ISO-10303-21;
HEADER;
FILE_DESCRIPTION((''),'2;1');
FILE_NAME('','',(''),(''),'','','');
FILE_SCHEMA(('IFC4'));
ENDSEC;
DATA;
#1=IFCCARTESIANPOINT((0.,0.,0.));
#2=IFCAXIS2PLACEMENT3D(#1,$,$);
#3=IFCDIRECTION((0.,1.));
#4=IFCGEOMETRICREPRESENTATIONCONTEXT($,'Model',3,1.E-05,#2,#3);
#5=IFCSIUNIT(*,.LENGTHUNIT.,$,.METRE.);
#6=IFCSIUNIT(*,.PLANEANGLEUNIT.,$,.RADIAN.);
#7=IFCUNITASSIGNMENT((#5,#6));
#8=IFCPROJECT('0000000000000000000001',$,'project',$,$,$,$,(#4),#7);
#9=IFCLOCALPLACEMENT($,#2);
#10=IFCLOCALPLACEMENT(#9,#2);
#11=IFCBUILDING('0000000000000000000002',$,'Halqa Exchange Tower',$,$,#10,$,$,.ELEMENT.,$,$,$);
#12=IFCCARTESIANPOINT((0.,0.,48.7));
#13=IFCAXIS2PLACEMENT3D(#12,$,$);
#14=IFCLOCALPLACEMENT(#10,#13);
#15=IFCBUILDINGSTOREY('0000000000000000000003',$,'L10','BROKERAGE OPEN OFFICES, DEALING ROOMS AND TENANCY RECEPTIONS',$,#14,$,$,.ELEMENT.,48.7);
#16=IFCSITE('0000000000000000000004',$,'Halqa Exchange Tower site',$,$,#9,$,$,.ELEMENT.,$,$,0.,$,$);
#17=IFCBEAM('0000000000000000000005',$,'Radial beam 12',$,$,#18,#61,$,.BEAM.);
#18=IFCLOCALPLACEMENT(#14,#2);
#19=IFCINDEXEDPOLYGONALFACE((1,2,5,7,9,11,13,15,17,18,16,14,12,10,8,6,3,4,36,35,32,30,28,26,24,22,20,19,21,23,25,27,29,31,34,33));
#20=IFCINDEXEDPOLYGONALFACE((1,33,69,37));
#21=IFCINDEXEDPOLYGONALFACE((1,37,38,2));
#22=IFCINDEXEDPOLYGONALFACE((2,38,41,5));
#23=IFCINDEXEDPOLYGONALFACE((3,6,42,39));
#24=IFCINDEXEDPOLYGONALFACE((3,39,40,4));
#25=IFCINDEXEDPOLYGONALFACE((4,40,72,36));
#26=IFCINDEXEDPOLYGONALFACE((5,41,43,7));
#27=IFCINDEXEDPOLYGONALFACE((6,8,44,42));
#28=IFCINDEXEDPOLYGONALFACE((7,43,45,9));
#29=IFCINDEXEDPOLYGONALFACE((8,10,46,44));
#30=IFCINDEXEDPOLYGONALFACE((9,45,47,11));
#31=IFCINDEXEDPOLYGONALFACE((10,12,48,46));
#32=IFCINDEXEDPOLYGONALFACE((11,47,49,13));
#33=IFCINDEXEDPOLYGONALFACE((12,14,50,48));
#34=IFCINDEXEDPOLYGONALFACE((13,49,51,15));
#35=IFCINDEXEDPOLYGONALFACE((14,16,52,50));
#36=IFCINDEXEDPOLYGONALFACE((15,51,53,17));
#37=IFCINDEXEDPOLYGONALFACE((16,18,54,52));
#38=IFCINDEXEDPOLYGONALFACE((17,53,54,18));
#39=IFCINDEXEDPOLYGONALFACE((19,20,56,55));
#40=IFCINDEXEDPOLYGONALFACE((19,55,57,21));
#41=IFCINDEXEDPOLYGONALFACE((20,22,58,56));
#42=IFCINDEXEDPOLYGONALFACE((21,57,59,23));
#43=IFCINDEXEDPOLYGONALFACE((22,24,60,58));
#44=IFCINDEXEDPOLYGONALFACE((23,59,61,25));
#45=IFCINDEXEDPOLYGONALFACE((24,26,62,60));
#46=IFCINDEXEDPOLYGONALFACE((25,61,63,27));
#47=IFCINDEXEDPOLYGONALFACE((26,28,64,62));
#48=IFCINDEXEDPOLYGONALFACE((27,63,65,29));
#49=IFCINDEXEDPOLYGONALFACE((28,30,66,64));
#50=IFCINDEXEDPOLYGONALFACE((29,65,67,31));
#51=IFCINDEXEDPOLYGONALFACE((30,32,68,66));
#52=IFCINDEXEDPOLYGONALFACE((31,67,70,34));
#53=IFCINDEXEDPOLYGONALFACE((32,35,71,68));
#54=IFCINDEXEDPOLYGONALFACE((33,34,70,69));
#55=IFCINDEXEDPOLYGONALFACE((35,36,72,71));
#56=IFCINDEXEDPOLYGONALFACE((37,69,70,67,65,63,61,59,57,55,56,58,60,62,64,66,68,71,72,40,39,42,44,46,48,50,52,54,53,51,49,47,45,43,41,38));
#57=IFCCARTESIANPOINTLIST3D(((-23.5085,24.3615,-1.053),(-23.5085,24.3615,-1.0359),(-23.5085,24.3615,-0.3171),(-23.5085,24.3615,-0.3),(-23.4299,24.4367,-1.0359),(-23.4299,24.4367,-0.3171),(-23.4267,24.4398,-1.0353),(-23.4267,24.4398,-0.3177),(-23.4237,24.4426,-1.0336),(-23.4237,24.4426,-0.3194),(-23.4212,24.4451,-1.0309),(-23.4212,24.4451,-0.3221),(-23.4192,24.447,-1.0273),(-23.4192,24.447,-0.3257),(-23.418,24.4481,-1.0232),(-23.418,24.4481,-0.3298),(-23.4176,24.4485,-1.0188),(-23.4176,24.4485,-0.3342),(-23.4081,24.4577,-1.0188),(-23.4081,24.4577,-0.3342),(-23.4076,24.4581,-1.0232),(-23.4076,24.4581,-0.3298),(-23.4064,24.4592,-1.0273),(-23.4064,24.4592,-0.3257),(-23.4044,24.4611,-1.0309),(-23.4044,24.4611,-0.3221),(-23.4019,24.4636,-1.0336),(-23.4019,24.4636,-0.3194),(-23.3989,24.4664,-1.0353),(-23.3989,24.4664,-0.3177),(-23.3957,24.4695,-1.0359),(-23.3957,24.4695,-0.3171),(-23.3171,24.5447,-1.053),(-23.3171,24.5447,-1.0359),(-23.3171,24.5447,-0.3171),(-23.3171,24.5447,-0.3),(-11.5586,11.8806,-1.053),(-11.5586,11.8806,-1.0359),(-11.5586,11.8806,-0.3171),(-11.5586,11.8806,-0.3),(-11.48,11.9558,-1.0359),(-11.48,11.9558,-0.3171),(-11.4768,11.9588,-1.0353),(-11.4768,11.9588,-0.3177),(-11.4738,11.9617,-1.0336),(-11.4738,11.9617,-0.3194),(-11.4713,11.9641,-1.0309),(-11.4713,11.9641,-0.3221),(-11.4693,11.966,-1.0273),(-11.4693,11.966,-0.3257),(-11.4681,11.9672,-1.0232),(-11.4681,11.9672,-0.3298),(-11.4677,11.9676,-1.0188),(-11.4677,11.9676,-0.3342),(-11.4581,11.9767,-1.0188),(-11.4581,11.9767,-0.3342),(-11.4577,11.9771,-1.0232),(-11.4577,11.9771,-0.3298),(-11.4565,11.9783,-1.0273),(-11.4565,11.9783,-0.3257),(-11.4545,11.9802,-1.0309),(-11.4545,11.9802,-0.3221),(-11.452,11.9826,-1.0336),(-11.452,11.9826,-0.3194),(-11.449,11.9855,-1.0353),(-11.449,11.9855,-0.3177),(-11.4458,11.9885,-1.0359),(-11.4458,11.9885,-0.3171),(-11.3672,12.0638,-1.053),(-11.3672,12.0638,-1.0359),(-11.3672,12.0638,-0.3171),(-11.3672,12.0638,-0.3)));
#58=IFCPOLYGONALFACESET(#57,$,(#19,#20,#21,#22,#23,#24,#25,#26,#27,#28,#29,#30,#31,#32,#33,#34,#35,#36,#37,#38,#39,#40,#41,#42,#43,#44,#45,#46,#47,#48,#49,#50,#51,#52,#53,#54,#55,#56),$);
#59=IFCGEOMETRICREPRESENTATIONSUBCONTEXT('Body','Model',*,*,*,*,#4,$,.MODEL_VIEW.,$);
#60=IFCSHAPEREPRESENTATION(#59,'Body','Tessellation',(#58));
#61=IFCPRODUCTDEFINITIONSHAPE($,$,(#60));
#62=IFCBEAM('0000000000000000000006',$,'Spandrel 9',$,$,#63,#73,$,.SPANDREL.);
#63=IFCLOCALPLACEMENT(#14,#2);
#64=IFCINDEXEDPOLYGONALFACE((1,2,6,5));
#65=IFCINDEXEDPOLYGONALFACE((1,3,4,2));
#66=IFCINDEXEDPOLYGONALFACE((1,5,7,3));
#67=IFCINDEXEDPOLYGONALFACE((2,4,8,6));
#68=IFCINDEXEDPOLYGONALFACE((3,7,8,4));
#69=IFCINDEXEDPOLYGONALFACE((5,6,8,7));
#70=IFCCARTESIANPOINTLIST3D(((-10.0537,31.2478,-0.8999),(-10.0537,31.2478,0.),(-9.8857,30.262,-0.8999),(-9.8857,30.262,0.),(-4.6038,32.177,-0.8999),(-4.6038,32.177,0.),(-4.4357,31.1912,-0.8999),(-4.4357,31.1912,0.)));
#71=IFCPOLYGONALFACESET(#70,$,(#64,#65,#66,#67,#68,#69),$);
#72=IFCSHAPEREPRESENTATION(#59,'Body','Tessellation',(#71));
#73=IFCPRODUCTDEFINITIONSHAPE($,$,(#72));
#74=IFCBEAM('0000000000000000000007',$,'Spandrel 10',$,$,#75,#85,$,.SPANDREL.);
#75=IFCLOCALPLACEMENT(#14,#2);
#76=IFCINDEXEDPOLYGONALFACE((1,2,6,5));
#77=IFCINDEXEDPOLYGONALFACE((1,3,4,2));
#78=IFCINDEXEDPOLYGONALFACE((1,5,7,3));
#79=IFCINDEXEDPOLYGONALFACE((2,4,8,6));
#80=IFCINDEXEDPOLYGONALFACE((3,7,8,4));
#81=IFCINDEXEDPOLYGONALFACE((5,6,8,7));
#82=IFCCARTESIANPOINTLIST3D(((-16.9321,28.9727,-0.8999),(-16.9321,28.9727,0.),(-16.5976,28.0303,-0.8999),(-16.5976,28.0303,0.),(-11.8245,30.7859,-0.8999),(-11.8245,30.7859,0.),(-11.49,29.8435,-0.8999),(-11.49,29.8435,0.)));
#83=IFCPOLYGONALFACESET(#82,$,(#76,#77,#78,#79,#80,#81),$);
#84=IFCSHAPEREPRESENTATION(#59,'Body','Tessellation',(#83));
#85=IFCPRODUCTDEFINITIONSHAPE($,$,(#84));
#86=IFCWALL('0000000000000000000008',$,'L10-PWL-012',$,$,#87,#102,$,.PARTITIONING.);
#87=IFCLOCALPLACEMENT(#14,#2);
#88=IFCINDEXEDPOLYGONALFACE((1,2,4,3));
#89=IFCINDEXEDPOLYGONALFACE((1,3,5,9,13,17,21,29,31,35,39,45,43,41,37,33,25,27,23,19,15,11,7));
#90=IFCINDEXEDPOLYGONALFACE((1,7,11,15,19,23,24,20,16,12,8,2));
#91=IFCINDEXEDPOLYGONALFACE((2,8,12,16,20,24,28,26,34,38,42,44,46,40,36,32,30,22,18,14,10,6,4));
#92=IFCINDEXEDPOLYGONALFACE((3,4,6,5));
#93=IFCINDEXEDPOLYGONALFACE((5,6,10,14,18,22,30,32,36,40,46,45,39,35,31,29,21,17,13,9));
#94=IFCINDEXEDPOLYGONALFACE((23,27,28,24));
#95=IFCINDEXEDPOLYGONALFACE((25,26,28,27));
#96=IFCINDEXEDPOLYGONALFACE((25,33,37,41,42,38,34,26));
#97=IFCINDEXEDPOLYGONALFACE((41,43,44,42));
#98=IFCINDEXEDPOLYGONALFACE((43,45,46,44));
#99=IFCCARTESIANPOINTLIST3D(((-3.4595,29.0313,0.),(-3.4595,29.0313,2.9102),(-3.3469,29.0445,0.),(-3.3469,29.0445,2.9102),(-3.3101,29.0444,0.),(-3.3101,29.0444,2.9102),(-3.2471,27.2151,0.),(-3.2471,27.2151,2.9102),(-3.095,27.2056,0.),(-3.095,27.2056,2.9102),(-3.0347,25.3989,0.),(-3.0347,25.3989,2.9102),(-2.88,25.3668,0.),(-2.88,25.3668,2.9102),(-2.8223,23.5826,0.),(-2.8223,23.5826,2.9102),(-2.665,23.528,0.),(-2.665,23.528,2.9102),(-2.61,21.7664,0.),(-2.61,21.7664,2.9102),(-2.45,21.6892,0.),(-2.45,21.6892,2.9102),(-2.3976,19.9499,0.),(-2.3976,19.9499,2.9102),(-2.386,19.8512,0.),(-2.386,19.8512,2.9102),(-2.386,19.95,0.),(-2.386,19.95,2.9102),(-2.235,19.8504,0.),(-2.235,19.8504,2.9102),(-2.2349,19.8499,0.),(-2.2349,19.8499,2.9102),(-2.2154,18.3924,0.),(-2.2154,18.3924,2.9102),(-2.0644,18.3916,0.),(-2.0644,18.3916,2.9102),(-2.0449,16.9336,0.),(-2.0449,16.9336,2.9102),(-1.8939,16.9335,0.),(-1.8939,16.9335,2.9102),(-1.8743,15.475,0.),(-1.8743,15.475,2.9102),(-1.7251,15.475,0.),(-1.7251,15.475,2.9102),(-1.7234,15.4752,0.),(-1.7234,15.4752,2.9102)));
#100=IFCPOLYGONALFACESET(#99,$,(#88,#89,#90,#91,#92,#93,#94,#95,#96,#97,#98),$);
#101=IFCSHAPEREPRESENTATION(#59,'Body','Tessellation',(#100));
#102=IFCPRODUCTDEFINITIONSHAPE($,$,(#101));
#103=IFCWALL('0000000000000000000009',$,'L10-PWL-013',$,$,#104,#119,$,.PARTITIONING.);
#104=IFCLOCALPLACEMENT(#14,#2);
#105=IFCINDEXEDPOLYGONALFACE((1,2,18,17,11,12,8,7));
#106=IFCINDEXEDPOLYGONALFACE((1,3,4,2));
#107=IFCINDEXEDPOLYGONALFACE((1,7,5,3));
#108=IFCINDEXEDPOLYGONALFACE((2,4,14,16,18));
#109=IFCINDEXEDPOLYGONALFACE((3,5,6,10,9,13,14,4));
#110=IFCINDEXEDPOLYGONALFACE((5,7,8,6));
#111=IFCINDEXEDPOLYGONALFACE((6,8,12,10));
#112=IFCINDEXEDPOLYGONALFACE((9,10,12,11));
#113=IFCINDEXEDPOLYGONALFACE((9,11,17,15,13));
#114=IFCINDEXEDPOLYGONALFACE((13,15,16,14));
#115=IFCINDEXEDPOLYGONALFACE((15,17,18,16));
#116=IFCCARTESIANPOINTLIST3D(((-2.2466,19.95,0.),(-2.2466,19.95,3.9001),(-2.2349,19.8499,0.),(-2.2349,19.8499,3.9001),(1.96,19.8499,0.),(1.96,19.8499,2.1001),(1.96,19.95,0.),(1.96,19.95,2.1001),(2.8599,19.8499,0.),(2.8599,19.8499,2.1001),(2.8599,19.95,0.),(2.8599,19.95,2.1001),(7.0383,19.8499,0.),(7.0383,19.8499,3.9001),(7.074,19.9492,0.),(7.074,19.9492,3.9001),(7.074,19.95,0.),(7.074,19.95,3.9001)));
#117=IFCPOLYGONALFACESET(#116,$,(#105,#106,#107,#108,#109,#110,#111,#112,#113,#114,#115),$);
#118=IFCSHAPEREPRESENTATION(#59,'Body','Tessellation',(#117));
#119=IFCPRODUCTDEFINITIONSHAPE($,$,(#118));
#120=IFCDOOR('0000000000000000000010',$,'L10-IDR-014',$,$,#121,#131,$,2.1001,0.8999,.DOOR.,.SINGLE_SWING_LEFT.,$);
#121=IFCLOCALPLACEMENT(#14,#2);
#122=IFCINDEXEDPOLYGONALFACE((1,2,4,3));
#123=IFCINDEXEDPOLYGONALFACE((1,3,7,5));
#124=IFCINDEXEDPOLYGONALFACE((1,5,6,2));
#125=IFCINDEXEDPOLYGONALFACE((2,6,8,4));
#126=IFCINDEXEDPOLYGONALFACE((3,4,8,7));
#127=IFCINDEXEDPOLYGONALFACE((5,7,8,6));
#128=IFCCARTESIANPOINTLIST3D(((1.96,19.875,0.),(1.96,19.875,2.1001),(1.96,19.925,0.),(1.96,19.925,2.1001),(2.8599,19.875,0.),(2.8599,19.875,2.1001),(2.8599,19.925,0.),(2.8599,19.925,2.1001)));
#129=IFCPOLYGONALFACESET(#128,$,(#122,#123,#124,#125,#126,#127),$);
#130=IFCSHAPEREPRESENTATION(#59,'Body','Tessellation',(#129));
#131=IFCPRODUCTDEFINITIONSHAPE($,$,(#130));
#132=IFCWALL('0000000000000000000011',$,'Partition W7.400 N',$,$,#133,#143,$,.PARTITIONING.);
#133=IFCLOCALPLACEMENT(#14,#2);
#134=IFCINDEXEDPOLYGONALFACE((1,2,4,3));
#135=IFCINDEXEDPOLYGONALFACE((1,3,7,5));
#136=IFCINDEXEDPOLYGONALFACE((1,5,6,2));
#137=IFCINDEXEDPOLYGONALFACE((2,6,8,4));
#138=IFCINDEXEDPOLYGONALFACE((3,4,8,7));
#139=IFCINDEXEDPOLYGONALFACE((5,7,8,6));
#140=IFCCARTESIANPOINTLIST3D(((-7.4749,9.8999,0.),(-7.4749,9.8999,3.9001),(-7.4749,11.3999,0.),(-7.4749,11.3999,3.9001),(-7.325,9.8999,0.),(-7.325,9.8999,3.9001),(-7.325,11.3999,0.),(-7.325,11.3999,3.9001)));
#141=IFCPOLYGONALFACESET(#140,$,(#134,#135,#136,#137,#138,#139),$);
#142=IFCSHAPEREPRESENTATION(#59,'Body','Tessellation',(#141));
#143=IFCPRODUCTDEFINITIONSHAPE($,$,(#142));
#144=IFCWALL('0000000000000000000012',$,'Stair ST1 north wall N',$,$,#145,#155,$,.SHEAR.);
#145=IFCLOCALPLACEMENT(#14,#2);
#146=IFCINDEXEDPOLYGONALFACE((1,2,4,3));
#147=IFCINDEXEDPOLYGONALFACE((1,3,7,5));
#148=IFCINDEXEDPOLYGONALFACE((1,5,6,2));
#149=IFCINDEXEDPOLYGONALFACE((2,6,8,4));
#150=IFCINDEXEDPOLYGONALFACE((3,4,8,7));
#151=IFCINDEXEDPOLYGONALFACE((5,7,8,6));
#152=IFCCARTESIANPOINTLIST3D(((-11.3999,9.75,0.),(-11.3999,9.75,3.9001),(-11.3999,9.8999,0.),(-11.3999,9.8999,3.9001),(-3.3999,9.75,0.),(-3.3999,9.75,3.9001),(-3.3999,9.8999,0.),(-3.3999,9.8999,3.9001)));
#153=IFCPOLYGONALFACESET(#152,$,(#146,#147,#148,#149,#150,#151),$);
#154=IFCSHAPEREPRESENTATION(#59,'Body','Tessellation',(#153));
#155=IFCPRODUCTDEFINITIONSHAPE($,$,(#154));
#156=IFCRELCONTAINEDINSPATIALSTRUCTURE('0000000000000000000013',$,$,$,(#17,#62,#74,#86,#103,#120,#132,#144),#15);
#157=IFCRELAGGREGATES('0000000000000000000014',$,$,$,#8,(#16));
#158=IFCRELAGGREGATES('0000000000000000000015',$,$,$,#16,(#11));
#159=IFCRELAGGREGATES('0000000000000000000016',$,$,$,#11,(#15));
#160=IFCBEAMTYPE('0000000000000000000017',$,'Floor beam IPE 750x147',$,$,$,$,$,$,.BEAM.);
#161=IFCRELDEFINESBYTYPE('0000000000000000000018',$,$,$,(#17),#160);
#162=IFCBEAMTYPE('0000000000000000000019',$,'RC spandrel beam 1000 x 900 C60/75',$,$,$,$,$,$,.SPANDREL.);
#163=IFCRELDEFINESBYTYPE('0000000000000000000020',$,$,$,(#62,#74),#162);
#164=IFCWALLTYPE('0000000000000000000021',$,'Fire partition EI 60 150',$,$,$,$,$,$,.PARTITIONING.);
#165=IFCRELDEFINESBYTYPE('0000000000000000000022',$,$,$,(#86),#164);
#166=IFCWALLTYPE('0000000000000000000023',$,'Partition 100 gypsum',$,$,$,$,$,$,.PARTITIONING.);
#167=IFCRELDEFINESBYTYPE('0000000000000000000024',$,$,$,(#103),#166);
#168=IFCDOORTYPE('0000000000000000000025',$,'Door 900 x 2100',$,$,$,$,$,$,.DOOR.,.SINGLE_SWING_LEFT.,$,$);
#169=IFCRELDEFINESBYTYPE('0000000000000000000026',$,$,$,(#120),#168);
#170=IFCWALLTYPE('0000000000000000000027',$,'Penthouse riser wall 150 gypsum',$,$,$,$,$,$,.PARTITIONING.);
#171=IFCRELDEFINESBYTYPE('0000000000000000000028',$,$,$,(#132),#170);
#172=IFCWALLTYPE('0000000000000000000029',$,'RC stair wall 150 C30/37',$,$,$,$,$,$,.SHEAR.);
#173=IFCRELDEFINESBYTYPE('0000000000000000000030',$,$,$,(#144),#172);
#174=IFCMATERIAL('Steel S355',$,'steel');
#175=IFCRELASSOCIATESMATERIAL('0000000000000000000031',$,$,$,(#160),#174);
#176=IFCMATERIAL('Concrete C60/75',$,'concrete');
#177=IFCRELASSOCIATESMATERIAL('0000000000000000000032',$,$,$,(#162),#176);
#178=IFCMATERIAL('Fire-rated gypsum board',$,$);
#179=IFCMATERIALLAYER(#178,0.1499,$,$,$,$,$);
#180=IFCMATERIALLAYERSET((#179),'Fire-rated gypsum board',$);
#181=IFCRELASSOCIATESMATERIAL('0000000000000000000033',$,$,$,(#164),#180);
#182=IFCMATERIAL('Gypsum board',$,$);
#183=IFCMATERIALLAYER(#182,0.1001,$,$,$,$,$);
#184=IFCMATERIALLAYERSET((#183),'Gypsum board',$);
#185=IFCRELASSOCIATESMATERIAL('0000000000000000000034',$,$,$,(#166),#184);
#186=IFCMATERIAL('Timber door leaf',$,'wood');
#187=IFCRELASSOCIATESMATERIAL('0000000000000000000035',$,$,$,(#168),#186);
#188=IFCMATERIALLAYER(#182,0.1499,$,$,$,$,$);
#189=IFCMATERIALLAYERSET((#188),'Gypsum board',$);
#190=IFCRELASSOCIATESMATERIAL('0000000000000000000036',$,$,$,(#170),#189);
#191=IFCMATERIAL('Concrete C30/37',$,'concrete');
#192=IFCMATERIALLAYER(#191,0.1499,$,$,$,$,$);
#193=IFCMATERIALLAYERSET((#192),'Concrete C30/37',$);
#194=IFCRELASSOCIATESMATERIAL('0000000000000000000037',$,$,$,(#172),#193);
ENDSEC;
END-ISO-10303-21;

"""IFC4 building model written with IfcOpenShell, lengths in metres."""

from ifc_helpers import new_model, si_unit, direction, frame, frame_2d, origin, origin_2d, place, context, subcontext, project, spatial, polyline, rectangle, i_section, outline, extrude, material, layer, layer_set, material_profile, profile_set, type_object, element, fill, save


model = new_model("IFC4")

# Units and contexts
model_context = context("Model", 3, precision=1e-05, world=origin(), true_north=direction((0.0, 1.0)))
body_context = subcontext(model_context, "Body", "Model", "MODEL_VIEW")
ifc_project = project(units=[si_unit("LENGTHUNIT", "METRE"), si_unit("PLANEANGLEUNIT", "RADIAN")], contexts=[model_context])

# Site, building, storey
site_placement = place(None, origin())
site = spatial("IfcSite", under=ifc_project, at=site_placement, Name="Halqa Exchange Tower site", CompositionType="ELEMENT", RefElevation=0.0)
building_placement = place(site_placement, origin())
building = spatial("IfcBuilding", under=site, at=building_placement, Name="Halqa Exchange Tower", CompositionType="ELEMENT")
storey_placement = place(building_placement, frame((0.0, 0.0, 48.7)))
storey = spatial("IfcBuildingStorey", under=building, at=storey_placement, Name="L10", Description="BROKERAGE OPEN OFFICES, DEALING ROOMS AND TENANCY RECEPTIONS", CompositionType="ELEMENT", Elevation=48.7)

# Beams
ifc_material_1 = material(Name="Steel S355", Category="steel")
ifc_material_profile_1 = material_profile(ifc_material_1, i_section(OverallWidth=0.2649, OverallDepth=0.7529, WebThickness=0.0132, FlangeThickness=0.0171, FilletRadius=0.0171, at=origin_2d()), Name="IPE 750x147")
ifc_profile_set_1 = profile_set([ifc_material_profile_1], Name="Steel S355")
beam_type_1 = type_object("IfcBeamType", Name="Floor beam IPE 750x147", PredefinedType="BEAM", material=ifc_profile_set_1)
beam_1_placement = place(storey_placement, frame((-11.4629, 11.9722, -0.6765), z_axis=(-0.691574, 0.722305, 0.0), x_axis=(-0.722305, -0.691574, 0.0)))
element("IfcBeam", 1, at=beam_1_placement, inside=storey, type_object=beam_type_1, Name="Radial beam 12", PredefinedType="BEAM", context=body_context, shape_type="SweptSolid", body=[
    extrude(i_section(OverallWidth=0.2649, OverallDepth=0.7529, WebThickness=0.0132, FlangeThickness=0.0171, FilletRadius=0.0171, at=origin_2d()), origin(), (0.0, 0.0, 1.0), 17.2793),
])
ifc_material_2 = material(Name="Concrete C60/75", Category="concrete")
ifc_material_profile_2 = material_profile(ifc_material_2, rectangle(XDim=1.0, YDim=0.8999, at=origin_2d()), Name="1000 x 900")
ifc_profile_set_2 = profile_set([ifc_material_profile_2], Name="Concrete C60/75")
beam_type_2 = type_object("IfcBeamType", Name="RC spandrel beam 1000 x 900 C60/75", PredefinedType="SPANDREL", material=ifc_profile_set_2)
beam_2_placement = place(storey_placement, frame((-4.5198, 31.6841, -0.45), z_axis=(-0.985775, -0.168071, 0.0), x_axis=(0.168071, -0.985775, 0.0)))
element("IfcBeam", 2, at=beam_2_placement, inside=storey, type_object=beam_type_2, Name="Spandrel 9", PredefinedType="SPANDREL", context=body_context, shape_type="SweptSolid", body=[
    extrude(rectangle(XDim=1.0, YDim=0.8999, at=origin_2d()), origin(), (0.0, 0.0, 1.0), 5.5286),
])
beam_3_placement = place(storey_placement, frame((-11.6572, 30.3147, -0.45), z_axis=(-0.942379, -0.334547, 0.0), x_axis=(0.334547, -0.942379, 0.0)))
element("IfcBeam", 3, at=beam_3_placement, inside=storey, type_object=beam_type_2, Name="Spandrel 10", PredefinedType="SPANDREL", context=body_context, shape_type="SweptSolid", body=[
    extrude(rectangle(XDim=1.0, YDim=0.8999, at=origin_2d()), origin(), (0.0, 0.0, 1.0), 5.4199),
])

# Wall
ifc_material_3 = material(Name="Fire-rated gypsum board")
ifc_layer_1 = layer(ifc_material_3, 0.1499)
ifc_layer_set_1 = layer_set([ifc_layer_1], Name="Fire-rated gypsum board")
wall_type_1 = type_object("IfcWallType", Name="Fire partition EI 60 150", PredefinedType="PARTITIONING", material=ifc_layer_set_1)
wall_1_placement = place(storey_placement, frame((-3.385, 29.04, 0.0), z_axis=(0.0, 0.0, 1.0), x_axis=(0.116139, -0.993233, 0.0)))
element("IfcWall", 4, at=wall_1_placement, inside=storey, type_object=wall_type_1, Name="L10-PWL-012", PredefinedType="PARTITIONING", context=body_context, shape_type="SweptSolid", body=[
    extrude(outline(polyline([(0.0, -0.075), (1.8286, -0.075), (3.6572, -0.075), (5.4858, -0.075), (7.3145, -0.075), (9.1433, -0.075), (9.1445, -0.0635), (9.2427, -0.075), (10.7114, -0.075), (12.1802, -0.075), (13.6487, -0.075), (13.666, 0.0732), (13.666, 0.075), (12.1978, 0.075), (10.7297, 0.075), (9.2615, 0.075), (9.2615, 0.075), (9.261, 0.075), (7.4097, 0.075), (5.5583, 0.075), (3.707, 0.075), (1.8557, 0.075), (0.0044, 0.075), (0.0, 0.0383), (0.0, -0.075)])), origin(), (0.0, 0.0, 1.0), 2.9102),
])

# Wall, opening, door
ifc_material_4 = material(Name="Gypsum board")
ifc_layer_2 = layer(ifc_material_4, 0.1001)
ifc_layer_set_2 = layer_set([ifc_layer_2], Name="Gypsum board")
wall_type_2 = type_object("IfcWallType", Name="Partition 100 gypsum", PredefinedType="PARTITIONING", material=ifc_layer_set_2)
wall_2_placement = place(storey_placement, frame((-2.2466, 19.8999, 0.0), z_axis=(0.0, 0.0, 1.0), x_axis=(1.0, 0.0, 0.0)))
wall_2 = element("IfcWall", 5, at=wall_2_placement, inside=storey, type_object=wall_type_2, Name="L10-PWL-013", PredefinedType="PARTITIONING", context=body_context, shape_type="SweptSolid", body=[
    extrude(outline(polyline([(0.0117, -0.05), (1.8665, -0.05), (3.7209, -0.05), (5.5757, -0.05), (7.4302, -0.05), (9.2849, -0.05), (9.3206, 0.0493), (9.3206, 0.05), (7.4565, 0.05), (5.5923, 0.05), (3.7283, 0.05), (1.864, 0.05), (0.0, 0.05), (0.0117, -0.05)])), origin(), (0.0, 0.0, 1.0), 3.9001),
])
opening_1_placement = place(wall_2_placement, frame((4.2065, 0.0, 0.0)))
opening_1 = element("IfcOpeningElement", 6, at=opening_1_placement, cuts=wall_2, PredefinedType="OPENING", context=body_context, shape_type="SweptSolid", body=[
    extrude(rectangle(XDim=0.8999, YDim=2.1001, at=frame_2d((0.45, 1.05))), frame((0.0, 0.062, 0.0), z_axis=(0.0, -1.0, 0.0), x_axis=(1.0, 0.0, 0.0)), (0.0, 0.0, 1.0), 0.124),
])
ifc_material_5 = material(Name="Timber door leaf", Category="wood")
door_type = type_object("IfcDoorType", Name="Door 900 x 2100", OperationType="SINGLE_SWING_LEFT", PredefinedType="DOOR", material=ifc_material_5)
door_placement = place(opening_1_placement, frame((0.8999, 0.0, 0.0), z_axis=(0.0, 0.0, 1.0), x_axis=(-1.0, 0.0, 0.0)))
door = element("IfcDoor", 7, at=door_placement, inside=storey, type_object=door_type, Name="L10-IDR-014", OperationType="SINGLE_SWING_LEFT", OverallHeight=2.1001, OverallWidth=0.8999, PredefinedType="DOOR", context=body_context, shape_type="SweptSolid", body=[
    extrude(rectangle(XDim=0.8999, YDim=2.1001, at=frame_2d((0.45, 1.05))), frame((0.0, 0.0249, 0.0), z_axis=(0.0, -1.0, 0.0), x_axis=(1.0, 0.0, 0.0)), (0.0, 0.0, 1.0), 0.05),
])
fill(opening_1, door)

# Walls
ifc_layer_3 = layer(ifc_material_4, 0.1499)
ifc_layer_set_3 = layer_set([ifc_layer_3], Name="Gypsum board")
wall_type_3 = type_object("IfcWallType", Name="Penthouse riser wall 150 gypsum", PredefinedType="PARTITIONING", material=ifc_layer_set_3)
wall_3_placement = place(storey_placement, frame((-7.3999, 9.8999, 0.0), z_axis=(0.0, 0.0, 1.0), x_axis=(0.0, 1.0, 0.0)))
element("IfcWall", 8, at=wall_3_placement, inside=storey, type_object=wall_type_3, Name="Partition W7.400 N", PredefinedType="PARTITIONING", context=body_context, shape_type="SweptSolid", body=[
    extrude(rectangle(XDim=1.5, YDim=0.1499, at=frame_2d((0.75, 0.0))), origin(), (0.0, 0.0, 1.0), 3.9001),
])
ifc_material_6 = material(Name="Concrete C30/37", Category="concrete")
ifc_layer_4 = layer(ifc_material_6, 0.1499)
ifc_layer_set_4 = layer_set([ifc_layer_4], Name="Concrete C30/37")
wall_type_4 = type_object("IfcWallType", Name="RC stair wall 150 C30/37", PredefinedType="SHEAR", material=ifc_layer_set_4)
wall_4_placement = place(storey_placement, frame((-11.3999, 9.825, 0.0), z_axis=(0.0, 0.0, 1.0), x_axis=(1.0, 0.0, 0.0)))
element("IfcWall", 9, at=wall_4_placement, inside=storey, type_object=wall_type_4, Name="Stair ST1 north wall N", PredefinedType="SHEAR", context=body_context, shape_type="SweptSolid", body=[
    extrude(rectangle(XDim=8.0, YDim=0.1499, at=frame_2d((4.0, 0.0))), origin(), (0.0, 0.0, 1.0), 3.9001),
])

save(model, "model.ifc")
